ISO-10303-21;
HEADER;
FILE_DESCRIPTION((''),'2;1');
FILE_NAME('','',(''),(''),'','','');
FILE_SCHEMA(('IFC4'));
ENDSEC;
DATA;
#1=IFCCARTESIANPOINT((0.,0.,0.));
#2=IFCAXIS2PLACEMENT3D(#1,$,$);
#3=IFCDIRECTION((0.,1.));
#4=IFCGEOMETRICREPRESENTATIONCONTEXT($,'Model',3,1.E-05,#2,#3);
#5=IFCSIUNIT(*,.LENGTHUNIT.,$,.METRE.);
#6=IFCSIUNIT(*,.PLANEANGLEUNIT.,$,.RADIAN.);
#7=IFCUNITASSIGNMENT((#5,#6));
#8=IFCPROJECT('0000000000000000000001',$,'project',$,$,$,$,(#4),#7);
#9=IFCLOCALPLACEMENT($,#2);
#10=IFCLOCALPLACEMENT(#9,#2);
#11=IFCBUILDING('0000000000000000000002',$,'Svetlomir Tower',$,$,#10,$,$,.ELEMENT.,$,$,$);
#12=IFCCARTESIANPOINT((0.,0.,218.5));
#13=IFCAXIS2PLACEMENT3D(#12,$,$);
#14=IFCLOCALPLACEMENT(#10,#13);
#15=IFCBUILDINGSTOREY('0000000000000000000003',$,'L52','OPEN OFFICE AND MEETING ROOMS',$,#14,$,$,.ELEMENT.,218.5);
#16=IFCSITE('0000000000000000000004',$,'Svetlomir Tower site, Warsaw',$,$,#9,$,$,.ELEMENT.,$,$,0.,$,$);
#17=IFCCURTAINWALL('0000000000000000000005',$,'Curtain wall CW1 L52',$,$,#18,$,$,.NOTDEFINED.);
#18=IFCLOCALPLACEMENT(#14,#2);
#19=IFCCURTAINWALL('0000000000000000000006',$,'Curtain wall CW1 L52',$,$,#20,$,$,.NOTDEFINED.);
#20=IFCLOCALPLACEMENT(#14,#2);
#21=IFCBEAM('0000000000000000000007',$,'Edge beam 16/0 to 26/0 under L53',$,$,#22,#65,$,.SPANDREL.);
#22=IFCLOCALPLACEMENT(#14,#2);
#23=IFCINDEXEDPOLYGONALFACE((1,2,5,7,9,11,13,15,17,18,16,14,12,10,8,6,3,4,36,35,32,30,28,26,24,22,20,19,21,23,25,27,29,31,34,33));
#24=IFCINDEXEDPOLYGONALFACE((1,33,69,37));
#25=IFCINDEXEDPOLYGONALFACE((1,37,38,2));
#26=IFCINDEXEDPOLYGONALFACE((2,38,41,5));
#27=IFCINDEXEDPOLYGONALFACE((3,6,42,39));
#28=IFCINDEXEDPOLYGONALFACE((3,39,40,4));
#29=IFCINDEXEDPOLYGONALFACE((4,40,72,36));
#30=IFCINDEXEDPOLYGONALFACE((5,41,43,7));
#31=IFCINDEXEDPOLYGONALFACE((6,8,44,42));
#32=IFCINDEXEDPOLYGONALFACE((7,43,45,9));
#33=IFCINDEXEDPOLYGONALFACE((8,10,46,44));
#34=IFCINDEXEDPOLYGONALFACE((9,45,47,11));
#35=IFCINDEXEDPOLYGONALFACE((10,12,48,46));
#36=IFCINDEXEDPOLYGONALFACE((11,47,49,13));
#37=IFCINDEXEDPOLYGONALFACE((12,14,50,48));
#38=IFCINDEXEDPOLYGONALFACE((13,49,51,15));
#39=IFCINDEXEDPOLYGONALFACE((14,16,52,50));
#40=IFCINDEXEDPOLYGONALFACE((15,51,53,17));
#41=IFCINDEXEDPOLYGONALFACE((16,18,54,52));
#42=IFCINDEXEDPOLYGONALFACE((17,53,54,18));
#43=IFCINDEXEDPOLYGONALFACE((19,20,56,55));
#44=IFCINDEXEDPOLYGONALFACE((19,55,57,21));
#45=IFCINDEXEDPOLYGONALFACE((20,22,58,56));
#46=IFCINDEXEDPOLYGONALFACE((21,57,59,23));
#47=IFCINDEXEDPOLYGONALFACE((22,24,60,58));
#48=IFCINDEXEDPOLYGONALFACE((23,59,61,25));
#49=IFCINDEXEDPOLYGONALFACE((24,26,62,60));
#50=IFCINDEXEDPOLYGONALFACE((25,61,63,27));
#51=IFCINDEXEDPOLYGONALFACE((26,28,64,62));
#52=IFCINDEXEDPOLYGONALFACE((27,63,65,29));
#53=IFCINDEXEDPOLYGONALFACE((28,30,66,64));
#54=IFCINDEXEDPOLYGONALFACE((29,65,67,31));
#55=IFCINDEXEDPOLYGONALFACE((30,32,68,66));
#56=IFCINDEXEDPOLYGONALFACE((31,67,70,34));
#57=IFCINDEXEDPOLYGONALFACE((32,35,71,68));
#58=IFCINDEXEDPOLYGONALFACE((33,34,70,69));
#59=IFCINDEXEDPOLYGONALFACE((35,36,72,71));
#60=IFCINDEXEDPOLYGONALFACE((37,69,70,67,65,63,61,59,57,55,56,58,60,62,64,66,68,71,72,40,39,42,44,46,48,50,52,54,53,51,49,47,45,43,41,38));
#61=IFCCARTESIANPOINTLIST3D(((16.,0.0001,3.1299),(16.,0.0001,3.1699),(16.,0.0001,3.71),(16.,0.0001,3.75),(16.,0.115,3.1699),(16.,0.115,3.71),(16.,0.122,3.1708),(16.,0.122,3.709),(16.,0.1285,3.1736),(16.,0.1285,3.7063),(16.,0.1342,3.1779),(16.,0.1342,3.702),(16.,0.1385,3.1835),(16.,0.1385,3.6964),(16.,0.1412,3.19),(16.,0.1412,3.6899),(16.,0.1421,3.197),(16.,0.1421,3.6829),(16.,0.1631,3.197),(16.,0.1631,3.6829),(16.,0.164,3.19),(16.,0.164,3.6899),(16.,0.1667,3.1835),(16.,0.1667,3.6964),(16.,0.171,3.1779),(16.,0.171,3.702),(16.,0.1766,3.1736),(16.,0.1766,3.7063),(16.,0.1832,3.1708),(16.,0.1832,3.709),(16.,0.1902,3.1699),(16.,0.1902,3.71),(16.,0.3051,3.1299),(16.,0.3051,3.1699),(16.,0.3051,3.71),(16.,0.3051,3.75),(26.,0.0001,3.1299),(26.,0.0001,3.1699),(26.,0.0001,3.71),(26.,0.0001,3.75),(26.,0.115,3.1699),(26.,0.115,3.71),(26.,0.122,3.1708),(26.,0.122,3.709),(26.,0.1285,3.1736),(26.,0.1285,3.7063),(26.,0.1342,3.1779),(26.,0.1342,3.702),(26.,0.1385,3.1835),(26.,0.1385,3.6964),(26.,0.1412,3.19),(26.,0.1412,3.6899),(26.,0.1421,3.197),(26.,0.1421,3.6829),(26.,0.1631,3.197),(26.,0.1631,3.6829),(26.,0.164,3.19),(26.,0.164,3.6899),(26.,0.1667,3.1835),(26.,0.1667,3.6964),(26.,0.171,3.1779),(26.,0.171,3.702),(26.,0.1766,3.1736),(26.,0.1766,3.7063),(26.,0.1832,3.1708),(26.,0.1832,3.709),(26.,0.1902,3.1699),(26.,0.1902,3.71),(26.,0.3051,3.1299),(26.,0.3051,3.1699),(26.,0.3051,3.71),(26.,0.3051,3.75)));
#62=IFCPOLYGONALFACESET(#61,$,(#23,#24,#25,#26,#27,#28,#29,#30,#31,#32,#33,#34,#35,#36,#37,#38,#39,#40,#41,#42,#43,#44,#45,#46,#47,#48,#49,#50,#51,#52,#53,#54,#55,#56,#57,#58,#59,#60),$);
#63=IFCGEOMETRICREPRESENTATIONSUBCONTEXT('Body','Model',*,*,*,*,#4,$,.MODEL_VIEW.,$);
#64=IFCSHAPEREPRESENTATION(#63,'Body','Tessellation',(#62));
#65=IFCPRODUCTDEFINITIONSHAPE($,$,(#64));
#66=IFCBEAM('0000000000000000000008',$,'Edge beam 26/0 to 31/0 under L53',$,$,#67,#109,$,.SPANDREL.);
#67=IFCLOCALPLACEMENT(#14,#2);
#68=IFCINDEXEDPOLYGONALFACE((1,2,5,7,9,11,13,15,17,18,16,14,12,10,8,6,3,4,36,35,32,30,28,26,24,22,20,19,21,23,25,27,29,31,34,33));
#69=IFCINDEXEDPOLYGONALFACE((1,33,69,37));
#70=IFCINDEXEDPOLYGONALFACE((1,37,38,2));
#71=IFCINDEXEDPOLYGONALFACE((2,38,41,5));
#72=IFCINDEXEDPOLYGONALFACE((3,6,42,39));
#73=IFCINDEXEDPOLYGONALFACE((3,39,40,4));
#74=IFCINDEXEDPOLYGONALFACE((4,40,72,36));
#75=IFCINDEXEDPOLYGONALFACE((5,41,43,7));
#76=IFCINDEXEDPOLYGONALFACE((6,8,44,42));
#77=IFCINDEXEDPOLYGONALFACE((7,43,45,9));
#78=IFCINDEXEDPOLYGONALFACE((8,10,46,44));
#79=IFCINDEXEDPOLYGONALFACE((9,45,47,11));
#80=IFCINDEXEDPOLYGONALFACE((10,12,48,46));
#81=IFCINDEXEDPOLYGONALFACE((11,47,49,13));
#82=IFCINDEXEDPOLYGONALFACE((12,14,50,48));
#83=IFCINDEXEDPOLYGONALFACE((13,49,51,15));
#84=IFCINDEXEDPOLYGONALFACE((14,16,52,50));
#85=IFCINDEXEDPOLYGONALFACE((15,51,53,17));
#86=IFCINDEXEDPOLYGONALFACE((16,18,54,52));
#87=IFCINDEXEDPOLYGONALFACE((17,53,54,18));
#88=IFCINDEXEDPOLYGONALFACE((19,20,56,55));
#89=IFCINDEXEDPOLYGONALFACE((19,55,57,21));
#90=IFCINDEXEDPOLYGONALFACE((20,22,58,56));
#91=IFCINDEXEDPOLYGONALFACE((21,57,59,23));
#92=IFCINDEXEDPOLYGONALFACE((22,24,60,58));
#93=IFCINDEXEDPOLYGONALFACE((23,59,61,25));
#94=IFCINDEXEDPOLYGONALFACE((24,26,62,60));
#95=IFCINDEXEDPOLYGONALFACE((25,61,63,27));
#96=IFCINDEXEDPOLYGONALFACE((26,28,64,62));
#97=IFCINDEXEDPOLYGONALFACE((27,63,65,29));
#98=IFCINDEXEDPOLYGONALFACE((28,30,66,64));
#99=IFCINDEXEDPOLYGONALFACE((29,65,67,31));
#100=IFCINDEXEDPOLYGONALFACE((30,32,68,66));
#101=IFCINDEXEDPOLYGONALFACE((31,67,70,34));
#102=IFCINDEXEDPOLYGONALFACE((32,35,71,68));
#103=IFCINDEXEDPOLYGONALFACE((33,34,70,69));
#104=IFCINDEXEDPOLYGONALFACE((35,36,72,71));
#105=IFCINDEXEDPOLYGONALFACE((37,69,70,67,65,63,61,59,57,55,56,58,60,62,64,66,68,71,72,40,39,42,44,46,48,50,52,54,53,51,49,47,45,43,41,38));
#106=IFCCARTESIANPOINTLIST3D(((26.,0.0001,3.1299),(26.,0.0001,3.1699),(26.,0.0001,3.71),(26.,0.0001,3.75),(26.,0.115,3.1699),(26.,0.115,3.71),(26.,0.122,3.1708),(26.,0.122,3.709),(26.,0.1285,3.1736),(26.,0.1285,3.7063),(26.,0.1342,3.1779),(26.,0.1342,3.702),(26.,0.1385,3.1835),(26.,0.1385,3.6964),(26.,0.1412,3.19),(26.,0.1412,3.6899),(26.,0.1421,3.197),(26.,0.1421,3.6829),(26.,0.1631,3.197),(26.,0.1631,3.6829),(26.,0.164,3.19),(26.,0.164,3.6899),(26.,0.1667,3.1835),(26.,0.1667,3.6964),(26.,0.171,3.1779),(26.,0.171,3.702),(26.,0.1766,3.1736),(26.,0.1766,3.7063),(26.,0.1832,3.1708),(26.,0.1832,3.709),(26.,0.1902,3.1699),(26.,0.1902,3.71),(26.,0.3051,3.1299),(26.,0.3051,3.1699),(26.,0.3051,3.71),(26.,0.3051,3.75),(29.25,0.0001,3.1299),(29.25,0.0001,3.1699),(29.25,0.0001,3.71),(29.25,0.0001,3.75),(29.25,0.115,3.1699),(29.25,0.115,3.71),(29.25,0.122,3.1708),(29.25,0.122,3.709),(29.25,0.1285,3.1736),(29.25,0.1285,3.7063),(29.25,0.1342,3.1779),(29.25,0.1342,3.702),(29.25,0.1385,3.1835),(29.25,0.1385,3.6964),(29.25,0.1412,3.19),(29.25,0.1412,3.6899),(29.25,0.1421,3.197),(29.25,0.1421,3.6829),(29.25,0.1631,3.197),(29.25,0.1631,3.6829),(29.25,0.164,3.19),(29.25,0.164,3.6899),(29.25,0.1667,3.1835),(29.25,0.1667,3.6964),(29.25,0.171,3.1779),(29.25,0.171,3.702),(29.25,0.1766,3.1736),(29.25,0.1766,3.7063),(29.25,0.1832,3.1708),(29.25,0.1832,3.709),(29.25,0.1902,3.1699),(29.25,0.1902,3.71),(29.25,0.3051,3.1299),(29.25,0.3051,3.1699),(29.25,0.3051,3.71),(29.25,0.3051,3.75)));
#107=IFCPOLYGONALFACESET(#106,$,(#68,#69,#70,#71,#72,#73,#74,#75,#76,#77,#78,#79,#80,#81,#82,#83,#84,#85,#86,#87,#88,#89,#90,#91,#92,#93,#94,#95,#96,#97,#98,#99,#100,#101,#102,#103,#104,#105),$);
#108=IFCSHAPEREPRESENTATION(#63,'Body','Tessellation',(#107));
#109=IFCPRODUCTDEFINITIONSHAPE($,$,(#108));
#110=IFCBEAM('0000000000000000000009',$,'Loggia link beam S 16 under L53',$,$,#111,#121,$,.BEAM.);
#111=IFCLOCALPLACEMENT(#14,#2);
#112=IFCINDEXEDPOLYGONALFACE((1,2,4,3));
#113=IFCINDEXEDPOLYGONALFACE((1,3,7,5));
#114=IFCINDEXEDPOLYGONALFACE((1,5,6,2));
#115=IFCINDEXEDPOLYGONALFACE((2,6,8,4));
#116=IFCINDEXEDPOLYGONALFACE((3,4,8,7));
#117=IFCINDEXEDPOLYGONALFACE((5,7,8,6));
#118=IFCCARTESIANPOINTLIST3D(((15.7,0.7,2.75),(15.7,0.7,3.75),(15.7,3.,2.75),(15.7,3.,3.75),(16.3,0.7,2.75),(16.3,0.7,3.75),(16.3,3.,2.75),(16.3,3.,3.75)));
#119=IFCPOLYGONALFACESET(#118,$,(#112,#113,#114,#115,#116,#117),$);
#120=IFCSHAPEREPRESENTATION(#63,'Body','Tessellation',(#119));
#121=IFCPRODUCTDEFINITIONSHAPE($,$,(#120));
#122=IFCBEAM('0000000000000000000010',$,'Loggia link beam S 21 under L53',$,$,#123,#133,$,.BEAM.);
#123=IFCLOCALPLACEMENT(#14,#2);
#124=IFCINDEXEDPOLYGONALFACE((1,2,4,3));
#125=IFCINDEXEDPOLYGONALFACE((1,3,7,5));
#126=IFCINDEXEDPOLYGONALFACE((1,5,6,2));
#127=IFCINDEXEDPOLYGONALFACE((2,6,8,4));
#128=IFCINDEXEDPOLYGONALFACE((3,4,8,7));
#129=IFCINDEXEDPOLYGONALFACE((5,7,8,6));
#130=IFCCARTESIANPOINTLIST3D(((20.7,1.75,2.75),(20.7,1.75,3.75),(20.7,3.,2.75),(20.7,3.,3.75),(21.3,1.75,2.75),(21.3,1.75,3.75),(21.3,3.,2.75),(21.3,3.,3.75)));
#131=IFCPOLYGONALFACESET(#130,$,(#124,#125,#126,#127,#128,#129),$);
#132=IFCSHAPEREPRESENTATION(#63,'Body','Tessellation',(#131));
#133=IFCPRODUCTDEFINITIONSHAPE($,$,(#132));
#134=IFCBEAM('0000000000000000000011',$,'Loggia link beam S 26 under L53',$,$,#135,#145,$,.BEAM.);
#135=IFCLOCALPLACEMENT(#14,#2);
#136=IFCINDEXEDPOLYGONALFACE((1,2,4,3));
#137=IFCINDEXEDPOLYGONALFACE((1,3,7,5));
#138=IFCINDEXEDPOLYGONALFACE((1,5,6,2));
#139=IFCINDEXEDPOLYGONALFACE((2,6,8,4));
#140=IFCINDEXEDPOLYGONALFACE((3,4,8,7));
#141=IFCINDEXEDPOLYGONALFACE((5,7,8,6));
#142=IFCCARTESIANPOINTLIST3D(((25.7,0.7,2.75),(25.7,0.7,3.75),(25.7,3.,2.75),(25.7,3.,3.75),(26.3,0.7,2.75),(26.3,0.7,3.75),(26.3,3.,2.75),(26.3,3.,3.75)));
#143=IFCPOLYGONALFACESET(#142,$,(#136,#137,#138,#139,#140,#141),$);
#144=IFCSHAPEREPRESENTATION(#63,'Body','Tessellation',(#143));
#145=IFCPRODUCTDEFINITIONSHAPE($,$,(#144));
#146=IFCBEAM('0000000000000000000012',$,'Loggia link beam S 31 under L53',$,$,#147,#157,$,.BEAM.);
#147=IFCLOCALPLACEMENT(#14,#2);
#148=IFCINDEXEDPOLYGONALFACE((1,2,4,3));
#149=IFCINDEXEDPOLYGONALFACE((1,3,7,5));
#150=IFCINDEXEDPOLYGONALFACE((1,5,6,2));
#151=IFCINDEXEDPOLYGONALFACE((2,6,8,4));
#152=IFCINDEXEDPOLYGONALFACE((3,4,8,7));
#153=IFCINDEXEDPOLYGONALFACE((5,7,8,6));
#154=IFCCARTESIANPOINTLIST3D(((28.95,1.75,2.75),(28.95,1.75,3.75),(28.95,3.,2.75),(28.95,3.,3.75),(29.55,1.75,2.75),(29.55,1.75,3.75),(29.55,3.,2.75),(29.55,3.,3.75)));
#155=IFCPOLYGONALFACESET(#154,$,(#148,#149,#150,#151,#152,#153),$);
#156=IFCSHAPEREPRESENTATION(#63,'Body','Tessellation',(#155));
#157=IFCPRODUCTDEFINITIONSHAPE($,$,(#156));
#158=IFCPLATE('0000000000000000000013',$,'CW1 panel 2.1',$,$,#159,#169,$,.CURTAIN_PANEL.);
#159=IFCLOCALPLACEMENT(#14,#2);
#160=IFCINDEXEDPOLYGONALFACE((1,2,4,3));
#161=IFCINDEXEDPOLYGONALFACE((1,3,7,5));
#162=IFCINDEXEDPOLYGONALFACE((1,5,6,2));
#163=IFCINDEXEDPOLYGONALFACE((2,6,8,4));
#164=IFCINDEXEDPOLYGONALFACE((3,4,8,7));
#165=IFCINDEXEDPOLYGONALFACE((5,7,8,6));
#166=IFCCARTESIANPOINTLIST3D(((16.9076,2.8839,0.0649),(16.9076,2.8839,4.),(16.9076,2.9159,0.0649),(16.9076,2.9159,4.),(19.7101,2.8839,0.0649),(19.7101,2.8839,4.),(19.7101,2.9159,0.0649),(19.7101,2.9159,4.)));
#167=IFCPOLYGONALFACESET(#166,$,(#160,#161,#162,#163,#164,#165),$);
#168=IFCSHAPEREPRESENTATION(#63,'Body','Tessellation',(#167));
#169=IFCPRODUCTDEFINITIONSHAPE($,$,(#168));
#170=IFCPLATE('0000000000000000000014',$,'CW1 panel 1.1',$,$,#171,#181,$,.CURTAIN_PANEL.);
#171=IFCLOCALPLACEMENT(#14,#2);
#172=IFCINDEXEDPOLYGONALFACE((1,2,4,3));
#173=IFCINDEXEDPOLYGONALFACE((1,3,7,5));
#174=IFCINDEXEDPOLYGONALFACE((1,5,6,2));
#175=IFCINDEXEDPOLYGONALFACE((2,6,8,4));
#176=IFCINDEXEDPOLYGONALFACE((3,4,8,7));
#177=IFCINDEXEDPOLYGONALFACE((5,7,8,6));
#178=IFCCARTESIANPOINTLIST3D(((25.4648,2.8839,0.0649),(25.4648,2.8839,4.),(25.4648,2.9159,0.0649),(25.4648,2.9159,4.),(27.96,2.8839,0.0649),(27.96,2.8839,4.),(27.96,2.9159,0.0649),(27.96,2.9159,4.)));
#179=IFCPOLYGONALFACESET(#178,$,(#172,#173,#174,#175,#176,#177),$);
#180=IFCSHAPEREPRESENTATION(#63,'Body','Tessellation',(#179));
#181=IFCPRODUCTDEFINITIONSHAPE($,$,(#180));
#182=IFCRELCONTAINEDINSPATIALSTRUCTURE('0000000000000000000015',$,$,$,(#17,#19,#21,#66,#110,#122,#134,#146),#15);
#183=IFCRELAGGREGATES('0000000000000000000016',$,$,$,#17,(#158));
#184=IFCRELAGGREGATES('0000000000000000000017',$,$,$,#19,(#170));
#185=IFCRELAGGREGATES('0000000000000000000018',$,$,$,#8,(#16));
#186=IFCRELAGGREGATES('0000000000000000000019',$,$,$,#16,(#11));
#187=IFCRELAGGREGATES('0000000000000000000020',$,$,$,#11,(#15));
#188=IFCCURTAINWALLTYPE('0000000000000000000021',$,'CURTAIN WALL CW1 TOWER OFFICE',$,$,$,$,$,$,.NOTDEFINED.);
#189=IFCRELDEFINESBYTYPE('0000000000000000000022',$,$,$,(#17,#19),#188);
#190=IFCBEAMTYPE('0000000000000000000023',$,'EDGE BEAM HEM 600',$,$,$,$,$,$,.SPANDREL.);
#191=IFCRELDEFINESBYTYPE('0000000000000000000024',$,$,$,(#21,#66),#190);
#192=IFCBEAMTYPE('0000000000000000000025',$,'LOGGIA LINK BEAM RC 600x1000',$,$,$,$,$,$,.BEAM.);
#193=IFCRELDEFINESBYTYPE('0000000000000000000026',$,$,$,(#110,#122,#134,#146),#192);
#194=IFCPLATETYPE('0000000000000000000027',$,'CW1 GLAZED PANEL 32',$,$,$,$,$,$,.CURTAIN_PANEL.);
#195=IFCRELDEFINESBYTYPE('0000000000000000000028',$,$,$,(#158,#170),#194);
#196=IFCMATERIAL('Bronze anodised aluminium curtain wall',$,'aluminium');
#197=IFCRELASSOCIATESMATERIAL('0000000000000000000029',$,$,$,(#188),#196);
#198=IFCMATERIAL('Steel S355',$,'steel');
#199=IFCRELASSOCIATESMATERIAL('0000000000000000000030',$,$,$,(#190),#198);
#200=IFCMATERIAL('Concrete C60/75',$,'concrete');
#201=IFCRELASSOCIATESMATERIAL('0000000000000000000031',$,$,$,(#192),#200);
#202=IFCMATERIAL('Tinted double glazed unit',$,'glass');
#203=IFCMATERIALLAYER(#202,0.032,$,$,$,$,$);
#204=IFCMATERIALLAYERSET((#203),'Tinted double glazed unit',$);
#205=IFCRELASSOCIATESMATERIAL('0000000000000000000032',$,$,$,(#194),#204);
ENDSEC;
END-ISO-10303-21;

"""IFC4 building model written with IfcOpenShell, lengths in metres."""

from ifc_helpers import new_model, si_unit, direction, frame, origin, origin_2d, place, context, subcontext, project, spatial, rectangle, i_section, extrude, material, layer, layer_set, material_profile, profile_set, type_object, element, aggregate, save


model = new_model("IFC4")

# Units and contexts
model_context = context("Model", 3, precision=1e-05, world=origin(), true_north=direction((0.0, 1.0)))
body_context = subcontext(model_context, "Body", "Model", "MODEL_VIEW")
ifc_project = project(units=[si_unit("LENGTHUNIT", "METRE"), si_unit("PLANEANGLEUNIT", "RADIAN")], contexts=[model_context])

# Site, building, storey
site_placement = place(None, origin())
site = spatial("IfcSite", under=ifc_project, at=site_placement, Name="Svetlomir Tower site, Warsaw", CompositionType="ELEMENT", RefElevation=0.0)
building_placement = place(site_placement, origin())
building = spatial("IfcBuilding", under=site, at=building_placement, Name="Svetlomir Tower", CompositionType="ELEMENT")
storey_placement = place(building_placement, frame((0.0, 0.0, 218.5)))
storey = spatial("IfcBuildingStorey", under=building, at=storey_placement, Name="L52", Description="OPEN OFFICE AND MEETING ROOMS", CompositionType="ELEMENT", Elevation=218.5)

# Curtain walls
ifc_material_1 = material(Name="Bronze anodised aluminium curtain wall", Category="aluminium")
curtain_wall_type = type_object("IfcCurtainWallType", Name="CURTAIN WALL CW1 TOWER OFFICE", PredefinedType="NOTDEFINED", material=ifc_material_1)
curtain_wall_1_placement = place(storey_placement, origin())
curtain_wall_1 = element("IfcCurtainWall", 1, at=curtain_wall_1_placement, inside=storey, type_object=curtain_wall_type, Name="Curtain wall CW1 L52", PredefinedType="NOTDEFINED")
curtain_wall_2_placement = place(storey_placement, origin())
curtain_wall_2 = element("IfcCurtainWall", 2, at=curtain_wall_2_placement, inside=storey, type_object=curtain_wall_type, Name="Curtain wall CW1 L52", PredefinedType="NOTDEFINED")

# Beams
ifc_material_2 = material(Name="Steel S355", Category="steel")
ifc_material_profile_1 = material_profile(ifc_material_2, i_section(OverallWidth=0.3049, OverallDepth=0.6201, WebThickness=0.021, FlangeThickness=0.04, FilletRadius=0.0271, at=origin_2d()), Name="HEM 600")
ifc_profile_set_1 = profile_set([ifc_material_profile_1], Name="Steel S355")
beam_type_1 = type_object("IfcBeamType", Name="EDGE BEAM HEM 600", PredefinedType="SPANDREL", material=ifc_profile_set_1)
beam_1_placement = place(storey_placement, frame((16.0, 0.1526, 3.4399), z_axis=(1.0, 0.0, 0.0), x_axis=(0.0, 1.0, 0.0)))
element("IfcBeam", 3, at=beam_1_placement, inside=storey, type_object=beam_type_1, Name="Edge beam 16/0 to 26/0 under L53", PredefinedType="SPANDREL", context=body_context, shape_type="SweptSolid", body=[
    extrude(i_section(OverallWidth=0.3049, OverallDepth=0.6201, WebThickness=0.021, FlangeThickness=0.04, FilletRadius=0.0271, at=origin_2d()), origin(), (0.0, 0.0, 1.0), 10.0),
])
beam_2_placement = place(storey_placement, frame((26.0, 0.1526, 3.4399), z_axis=(1.0, 0.0, 0.0), x_axis=(0.0, 1.0, 0.0)))
element("IfcBeam", 4, at=beam_2_placement, inside=storey, type_object=beam_type_1, Name="Edge beam 26/0 to 31/0 under L53", PredefinedType="SPANDREL", context=body_context, shape_type="SweptSolid", body=[
    extrude(i_section(OverallWidth=0.3049, OverallDepth=0.6201, WebThickness=0.021, FlangeThickness=0.04, FilletRadius=0.0271, at=origin_2d()), origin(), (0.0, 0.0, 1.0), 3.25),
])
ifc_material_3 = material(Name="Concrete C60/75", Category="concrete")
ifc_material_profile_2 = material_profile(ifc_material_3, rectangle(XDim=0.6001, YDim=1.0, at=origin_2d()), Name="RC 600x1000")
ifc_profile_set_2 = profile_set([ifc_material_profile_2], Name="Concrete C60/75")
beam_type_2 = type_object("IfcBeamType", Name="LOGGIA LINK BEAM RC 600x1000", PredefinedType="BEAM", material=ifc_profile_set_2)
beam_3_placement = place(storey_placement, frame((16.0, 0.7, 3.25), z_axis=(0.0, 1.0, 0.0), x_axis=(-1.0, 0.0, 0.0)))
element("IfcBeam", 5, at=beam_3_placement, inside=storey, type_object=beam_type_2, Name="Loggia link beam S 16 under L53", PredefinedType="BEAM", context=body_context, shape_type="SweptSolid", body=[
    extrude(rectangle(XDim=0.6001, YDim=1.0, at=origin_2d()), origin(), (0.0, 0.0, 1.0), 2.3),
])
beam_4_placement = place(storey_placement, frame((21.0, 1.75, 3.25), z_axis=(0.0, 1.0, 0.0), x_axis=(-1.0, 0.0, 0.0)))
element("IfcBeam", 6, at=beam_4_placement, inside=storey, type_object=beam_type_2, Name="Loggia link beam S 21 under L53", PredefinedType="BEAM", context=body_context, shape_type="SweptSolid", body=[
    extrude(rectangle(XDim=0.6001, YDim=1.0, at=origin_2d()), origin(), (0.0, 0.0, 1.0), 1.25),
])
beam_5_placement = place(storey_placement, frame((26.0, 0.7, 3.25), z_axis=(0.0, 1.0, 0.0), x_axis=(-1.0, 0.0, 0.0)))
element("IfcBeam", 7, at=beam_5_placement, inside=storey, type_object=beam_type_2, Name="Loggia link beam S 26 under L53", PredefinedType="BEAM", context=body_context, shape_type="SweptSolid", body=[
    extrude(rectangle(XDim=0.6001, YDim=1.0, at=origin_2d()), origin(), (0.0, 0.0, 1.0), 2.3),
])
beam_6_placement = place(storey_placement, frame((29.25, 1.75, 3.25), z_axis=(0.0, 1.0, 0.0), x_axis=(-1.0, 0.0, 0.0)))
element("IfcBeam", 8, at=beam_6_placement, inside=storey, type_object=beam_type_2, Name="Loggia link beam S 31 under L53", PredefinedType="BEAM", context=body_context, shape_type="SweptSolid", body=[
    extrude(rectangle(XDim=0.6001, YDim=1.0, at=origin_2d()), origin(), (0.0, 0.0, 1.0), 1.25),
])

# Plates
ifc_material_4 = material(Name="Tinted double glazed unit", Category="glass")
ifc_layer_1 = layer(ifc_material_4, 0.032)
ifc_layer_set_1 = layer_set([ifc_layer_1], Name="Tinted double glazed unit")
plate_type = type_object("IfcPlateType", Name="CW1 GLAZED PANEL 32", PredefinedType="CURTAIN_PANEL", material=ifc_layer_set_1)
plate_1_placement = place(storey_placement, frame((18.3088, 2.8999, 0.0649), z_axis=(0.0, 0.0, 1.0), x_axis=(1.0, 0.0, 0.0)))
plate_1 = element("IfcPlate", 9, at=plate_1_placement, type_object=plate_type, Name="CW1 panel 2.1", PredefinedType="CURTAIN_PANEL", context=body_context, shape_type="SweptSolid", body=[
    extrude(rectangle(XDim=2.8025, YDim=0.032, at=origin_2d()), origin(), (0.0, 0.0, 1.0), 3.9351),
])
aggregate(curtain_wall_1, [plate_1])
plate_2_placement = place(storey_placement, frame((26.7124, 2.8999, 0.0649), z_axis=(0.0, 0.0, 1.0), x_axis=(1.0, 0.0, 0.0)))
plate_2 = element("IfcPlate", 10, at=plate_2_placement, type_object=plate_type, Name="CW1 panel 1.1", PredefinedType="CURTAIN_PANEL", context=body_context, shape_type="SweptSolid", body=[
    extrude(rectangle(XDim=2.4951, YDim=0.032, at=origin_2d()), origin(), (0.0, 0.0, 1.0), 3.9351),
])
aggregate(curtain_wall_2, [plate_2])

save(model, "model.ifc")
